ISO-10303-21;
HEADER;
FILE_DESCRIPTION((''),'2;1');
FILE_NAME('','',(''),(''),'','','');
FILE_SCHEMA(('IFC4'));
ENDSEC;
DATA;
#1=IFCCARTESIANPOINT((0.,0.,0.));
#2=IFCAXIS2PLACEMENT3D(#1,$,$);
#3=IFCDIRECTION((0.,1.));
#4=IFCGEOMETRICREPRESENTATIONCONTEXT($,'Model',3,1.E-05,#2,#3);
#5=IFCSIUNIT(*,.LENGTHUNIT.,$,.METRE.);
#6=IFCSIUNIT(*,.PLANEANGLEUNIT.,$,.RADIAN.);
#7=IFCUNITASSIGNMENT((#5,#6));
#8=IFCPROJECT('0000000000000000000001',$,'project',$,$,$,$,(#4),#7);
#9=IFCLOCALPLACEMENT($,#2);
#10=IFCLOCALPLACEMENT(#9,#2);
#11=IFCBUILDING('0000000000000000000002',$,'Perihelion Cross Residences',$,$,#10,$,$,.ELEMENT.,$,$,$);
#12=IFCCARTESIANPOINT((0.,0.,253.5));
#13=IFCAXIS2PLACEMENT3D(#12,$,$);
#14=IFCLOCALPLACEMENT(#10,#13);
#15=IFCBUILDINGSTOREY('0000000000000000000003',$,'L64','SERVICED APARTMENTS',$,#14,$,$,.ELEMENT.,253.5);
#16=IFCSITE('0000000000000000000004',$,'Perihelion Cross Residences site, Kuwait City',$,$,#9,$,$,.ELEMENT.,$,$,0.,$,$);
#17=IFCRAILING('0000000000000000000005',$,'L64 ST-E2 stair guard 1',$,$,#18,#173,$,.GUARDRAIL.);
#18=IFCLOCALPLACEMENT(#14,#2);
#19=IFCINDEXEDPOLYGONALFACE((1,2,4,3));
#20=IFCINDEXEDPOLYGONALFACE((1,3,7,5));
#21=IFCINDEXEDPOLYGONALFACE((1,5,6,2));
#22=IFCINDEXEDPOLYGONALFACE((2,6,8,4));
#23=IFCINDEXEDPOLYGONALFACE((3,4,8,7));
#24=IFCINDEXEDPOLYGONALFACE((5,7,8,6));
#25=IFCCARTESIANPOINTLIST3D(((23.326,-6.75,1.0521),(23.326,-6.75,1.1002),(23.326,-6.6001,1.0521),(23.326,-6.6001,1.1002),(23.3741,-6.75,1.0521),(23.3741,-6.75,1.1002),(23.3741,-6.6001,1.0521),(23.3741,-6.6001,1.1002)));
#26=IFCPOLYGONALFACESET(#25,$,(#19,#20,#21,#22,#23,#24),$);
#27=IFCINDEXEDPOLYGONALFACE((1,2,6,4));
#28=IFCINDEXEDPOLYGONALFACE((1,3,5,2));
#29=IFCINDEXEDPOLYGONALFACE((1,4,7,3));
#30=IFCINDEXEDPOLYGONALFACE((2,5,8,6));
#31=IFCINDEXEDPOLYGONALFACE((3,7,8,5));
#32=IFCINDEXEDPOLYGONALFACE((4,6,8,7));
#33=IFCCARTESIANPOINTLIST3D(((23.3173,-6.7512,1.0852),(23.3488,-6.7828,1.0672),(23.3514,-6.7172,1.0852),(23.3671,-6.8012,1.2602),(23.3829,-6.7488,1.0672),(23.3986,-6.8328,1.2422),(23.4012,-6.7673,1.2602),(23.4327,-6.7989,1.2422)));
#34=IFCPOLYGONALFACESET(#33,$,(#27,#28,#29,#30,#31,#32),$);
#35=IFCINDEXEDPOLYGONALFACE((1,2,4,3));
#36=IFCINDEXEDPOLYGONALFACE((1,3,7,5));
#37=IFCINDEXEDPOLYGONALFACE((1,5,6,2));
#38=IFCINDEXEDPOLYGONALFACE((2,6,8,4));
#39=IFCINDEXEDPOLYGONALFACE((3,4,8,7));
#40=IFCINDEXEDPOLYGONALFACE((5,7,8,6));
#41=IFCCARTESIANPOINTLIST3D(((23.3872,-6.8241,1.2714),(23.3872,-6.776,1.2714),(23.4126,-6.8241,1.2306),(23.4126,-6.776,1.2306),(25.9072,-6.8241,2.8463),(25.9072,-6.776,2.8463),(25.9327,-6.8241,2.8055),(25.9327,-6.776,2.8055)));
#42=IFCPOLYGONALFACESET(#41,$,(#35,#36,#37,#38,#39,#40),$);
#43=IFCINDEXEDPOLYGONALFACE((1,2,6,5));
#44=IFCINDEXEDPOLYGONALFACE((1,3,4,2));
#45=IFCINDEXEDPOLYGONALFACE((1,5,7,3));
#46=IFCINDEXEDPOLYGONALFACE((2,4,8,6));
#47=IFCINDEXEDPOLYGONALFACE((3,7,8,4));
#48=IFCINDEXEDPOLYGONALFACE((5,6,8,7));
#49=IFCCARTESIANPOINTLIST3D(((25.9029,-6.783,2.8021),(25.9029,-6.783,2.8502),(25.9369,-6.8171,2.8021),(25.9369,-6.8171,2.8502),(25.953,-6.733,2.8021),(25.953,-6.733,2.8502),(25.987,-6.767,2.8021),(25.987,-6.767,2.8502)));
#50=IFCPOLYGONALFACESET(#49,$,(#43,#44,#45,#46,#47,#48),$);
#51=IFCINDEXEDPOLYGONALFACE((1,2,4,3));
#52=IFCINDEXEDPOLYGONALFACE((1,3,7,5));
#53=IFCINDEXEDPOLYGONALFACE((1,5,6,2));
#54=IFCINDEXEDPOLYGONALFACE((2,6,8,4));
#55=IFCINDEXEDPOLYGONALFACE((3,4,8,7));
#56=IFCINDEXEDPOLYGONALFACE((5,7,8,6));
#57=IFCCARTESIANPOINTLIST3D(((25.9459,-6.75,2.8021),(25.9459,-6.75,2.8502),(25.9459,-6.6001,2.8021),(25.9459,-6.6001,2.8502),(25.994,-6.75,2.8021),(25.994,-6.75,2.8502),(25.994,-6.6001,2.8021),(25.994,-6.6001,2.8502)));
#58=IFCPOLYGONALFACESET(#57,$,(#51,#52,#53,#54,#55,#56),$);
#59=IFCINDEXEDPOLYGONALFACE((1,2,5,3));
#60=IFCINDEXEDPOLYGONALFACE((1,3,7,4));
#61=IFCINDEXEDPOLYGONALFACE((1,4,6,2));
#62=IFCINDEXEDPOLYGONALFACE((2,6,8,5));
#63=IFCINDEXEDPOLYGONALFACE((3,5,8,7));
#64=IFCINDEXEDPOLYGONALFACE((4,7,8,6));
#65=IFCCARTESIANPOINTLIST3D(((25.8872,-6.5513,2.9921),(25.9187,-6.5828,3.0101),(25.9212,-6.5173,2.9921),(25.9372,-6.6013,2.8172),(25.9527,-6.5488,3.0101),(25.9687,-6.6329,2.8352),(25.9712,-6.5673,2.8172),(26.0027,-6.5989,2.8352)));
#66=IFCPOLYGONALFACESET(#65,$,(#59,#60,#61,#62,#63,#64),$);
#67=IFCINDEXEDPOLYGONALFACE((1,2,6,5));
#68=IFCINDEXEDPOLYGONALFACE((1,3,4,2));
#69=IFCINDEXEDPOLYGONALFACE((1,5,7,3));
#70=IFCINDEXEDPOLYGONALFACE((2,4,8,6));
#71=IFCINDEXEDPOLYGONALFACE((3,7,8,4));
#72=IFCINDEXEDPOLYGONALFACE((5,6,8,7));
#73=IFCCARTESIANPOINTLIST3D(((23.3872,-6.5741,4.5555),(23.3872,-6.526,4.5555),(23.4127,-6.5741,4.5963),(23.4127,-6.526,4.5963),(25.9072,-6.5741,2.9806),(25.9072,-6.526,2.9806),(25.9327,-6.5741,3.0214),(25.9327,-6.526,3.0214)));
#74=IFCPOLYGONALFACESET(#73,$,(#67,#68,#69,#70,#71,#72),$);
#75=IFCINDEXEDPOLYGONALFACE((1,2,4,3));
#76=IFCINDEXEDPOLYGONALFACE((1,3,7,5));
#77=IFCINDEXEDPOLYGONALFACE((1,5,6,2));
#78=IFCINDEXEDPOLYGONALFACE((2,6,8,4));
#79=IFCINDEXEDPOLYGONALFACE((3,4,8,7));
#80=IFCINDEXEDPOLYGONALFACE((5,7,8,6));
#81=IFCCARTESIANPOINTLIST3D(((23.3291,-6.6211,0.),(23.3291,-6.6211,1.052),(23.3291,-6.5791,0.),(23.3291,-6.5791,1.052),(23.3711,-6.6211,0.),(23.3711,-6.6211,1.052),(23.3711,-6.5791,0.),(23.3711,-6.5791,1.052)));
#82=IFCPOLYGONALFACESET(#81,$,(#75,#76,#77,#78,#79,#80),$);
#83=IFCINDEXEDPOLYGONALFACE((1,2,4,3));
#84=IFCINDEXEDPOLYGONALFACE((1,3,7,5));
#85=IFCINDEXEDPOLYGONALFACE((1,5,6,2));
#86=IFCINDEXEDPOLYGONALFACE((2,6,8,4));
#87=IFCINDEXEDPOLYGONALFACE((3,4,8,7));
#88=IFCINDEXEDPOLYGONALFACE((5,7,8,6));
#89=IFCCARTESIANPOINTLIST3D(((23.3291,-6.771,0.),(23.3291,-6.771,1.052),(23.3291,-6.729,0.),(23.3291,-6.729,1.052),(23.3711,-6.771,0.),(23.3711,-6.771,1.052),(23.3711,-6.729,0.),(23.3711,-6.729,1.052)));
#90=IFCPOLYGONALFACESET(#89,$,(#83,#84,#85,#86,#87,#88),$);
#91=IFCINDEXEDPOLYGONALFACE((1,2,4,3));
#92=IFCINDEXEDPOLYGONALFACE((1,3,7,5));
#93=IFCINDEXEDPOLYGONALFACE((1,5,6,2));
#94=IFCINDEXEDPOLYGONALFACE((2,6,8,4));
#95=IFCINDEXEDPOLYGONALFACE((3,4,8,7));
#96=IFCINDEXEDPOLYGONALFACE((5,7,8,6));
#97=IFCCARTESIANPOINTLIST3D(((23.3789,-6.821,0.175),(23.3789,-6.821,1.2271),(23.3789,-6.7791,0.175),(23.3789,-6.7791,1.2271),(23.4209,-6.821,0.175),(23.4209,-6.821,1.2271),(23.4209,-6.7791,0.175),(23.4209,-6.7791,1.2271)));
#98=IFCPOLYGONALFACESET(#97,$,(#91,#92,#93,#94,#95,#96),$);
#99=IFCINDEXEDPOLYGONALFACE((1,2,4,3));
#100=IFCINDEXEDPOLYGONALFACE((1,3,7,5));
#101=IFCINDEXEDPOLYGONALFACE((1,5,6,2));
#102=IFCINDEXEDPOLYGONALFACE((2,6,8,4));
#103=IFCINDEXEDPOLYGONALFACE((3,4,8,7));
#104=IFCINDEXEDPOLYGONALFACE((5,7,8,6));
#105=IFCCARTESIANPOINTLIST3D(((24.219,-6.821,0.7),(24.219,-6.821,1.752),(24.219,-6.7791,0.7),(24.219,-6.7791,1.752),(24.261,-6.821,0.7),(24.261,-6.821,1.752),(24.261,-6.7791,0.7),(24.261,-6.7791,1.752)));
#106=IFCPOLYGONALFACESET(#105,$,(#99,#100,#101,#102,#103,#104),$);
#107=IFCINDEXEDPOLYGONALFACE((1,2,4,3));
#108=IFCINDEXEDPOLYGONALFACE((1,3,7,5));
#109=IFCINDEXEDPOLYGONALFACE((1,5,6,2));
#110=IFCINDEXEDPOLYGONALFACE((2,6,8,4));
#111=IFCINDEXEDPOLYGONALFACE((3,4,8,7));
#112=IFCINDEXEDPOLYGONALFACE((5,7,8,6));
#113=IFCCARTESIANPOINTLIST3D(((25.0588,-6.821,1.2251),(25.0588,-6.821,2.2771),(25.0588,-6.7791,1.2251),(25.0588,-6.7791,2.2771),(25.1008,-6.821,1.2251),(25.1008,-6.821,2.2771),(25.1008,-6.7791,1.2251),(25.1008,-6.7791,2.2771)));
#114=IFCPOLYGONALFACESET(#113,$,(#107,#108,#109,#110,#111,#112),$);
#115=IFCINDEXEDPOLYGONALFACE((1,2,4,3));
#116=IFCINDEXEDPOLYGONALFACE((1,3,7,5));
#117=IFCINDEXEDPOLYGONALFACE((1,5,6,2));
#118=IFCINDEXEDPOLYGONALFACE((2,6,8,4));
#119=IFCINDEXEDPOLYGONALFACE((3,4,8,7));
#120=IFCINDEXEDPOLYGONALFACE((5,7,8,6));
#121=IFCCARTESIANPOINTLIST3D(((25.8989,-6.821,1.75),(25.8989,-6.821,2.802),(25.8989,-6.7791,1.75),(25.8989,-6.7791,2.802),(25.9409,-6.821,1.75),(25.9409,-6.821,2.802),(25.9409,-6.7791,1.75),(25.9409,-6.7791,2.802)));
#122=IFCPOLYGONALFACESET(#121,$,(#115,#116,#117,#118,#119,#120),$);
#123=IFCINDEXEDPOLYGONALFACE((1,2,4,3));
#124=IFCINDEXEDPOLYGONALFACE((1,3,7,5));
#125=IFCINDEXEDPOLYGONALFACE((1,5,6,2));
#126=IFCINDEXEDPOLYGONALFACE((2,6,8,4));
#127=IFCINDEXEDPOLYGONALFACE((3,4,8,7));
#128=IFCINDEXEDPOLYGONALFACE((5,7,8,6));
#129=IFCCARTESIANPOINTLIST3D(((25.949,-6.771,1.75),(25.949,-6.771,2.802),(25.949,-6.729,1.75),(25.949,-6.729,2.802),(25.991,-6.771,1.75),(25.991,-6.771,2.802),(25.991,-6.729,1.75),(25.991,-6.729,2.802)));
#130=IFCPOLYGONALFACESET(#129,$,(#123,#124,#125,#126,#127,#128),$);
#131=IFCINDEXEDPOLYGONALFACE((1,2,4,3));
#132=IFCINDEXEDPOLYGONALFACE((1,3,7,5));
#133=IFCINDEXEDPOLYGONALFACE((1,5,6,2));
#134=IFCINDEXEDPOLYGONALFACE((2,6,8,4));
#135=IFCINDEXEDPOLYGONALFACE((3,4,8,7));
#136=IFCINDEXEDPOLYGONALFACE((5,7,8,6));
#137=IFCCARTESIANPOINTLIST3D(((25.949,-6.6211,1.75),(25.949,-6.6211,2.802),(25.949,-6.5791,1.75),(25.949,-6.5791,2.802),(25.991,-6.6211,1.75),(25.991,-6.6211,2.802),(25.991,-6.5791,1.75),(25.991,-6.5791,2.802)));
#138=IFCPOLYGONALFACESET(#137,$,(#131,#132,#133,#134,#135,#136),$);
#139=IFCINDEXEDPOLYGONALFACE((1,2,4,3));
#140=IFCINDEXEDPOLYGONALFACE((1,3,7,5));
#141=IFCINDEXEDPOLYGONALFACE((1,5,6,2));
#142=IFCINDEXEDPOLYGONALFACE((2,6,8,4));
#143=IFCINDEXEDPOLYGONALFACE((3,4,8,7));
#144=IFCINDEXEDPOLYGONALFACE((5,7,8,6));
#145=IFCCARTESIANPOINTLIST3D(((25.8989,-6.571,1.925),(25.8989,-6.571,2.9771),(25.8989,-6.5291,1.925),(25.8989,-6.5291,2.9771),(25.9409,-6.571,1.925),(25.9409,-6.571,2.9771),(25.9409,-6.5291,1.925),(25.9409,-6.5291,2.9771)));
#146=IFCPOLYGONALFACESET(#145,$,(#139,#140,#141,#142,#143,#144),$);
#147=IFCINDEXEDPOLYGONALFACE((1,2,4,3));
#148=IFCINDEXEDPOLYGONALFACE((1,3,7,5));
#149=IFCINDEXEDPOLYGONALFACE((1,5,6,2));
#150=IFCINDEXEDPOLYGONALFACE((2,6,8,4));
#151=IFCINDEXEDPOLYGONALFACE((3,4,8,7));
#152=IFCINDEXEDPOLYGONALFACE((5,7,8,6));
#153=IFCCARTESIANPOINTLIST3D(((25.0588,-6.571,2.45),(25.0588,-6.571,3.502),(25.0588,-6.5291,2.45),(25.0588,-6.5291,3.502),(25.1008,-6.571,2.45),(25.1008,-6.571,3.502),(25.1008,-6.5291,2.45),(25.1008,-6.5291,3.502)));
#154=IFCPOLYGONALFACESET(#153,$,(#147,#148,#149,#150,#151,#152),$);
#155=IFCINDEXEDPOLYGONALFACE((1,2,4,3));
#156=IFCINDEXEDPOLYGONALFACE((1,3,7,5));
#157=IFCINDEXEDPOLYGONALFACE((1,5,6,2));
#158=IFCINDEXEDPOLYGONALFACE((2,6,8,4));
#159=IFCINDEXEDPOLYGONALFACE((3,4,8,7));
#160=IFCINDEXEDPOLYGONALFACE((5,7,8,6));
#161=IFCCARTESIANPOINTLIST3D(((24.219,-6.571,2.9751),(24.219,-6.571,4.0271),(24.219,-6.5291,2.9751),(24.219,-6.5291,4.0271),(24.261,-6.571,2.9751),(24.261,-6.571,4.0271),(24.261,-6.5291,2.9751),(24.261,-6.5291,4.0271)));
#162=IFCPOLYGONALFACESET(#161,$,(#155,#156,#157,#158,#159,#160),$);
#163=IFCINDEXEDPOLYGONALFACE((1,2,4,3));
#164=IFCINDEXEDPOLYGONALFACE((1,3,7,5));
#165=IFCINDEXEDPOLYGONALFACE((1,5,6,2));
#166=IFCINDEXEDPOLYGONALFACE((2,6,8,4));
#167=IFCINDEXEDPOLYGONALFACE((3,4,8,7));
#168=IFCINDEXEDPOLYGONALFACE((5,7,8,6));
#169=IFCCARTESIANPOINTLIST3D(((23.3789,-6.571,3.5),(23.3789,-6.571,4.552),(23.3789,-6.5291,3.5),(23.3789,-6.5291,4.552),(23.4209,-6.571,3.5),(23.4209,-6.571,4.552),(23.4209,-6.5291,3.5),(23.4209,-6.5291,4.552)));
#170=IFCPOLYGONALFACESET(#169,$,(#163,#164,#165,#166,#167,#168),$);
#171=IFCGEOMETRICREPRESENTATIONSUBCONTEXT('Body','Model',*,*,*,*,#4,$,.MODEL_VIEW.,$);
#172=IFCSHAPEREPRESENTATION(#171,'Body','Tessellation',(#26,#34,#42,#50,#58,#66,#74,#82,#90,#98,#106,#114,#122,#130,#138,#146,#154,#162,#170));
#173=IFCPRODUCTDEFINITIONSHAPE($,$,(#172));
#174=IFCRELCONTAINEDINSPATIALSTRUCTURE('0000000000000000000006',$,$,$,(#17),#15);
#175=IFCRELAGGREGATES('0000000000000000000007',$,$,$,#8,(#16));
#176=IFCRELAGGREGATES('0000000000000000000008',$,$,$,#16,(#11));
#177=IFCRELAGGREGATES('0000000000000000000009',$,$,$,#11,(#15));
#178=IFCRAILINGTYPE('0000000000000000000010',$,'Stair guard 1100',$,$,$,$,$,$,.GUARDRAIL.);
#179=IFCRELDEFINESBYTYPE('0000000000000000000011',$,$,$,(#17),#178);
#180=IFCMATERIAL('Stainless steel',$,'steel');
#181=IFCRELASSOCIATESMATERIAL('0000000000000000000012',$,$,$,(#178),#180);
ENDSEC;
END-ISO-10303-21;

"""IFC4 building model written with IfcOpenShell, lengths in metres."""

from ifc_helpers import new_model, si_unit, direction, frame, origin, origin_2d, place, context, subcontext, project, spatial, rectangle, extrude, material, type_object, element, save


model = new_model("IFC4")

# Units and contexts
model_context = context("Model", 3, precision=1e-05, world=origin(), true_north=direction((0.0, 1.0)))
body_context = subcontext(model_context, "Body", "Model", "MODEL_VIEW")
ifc_project = project(units=[si_unit("LENGTHUNIT", "METRE"), si_unit("PLANEANGLEUNIT", "RADIAN")], contexts=[model_context])

# Site, building, storey
site_placement = place(None, origin())
site = spatial("IfcSite", under=ifc_project, at=site_placement, Name="Perihelion Cross Residences site, Kuwait City", CompositionType="ELEMENT", RefElevation=0.0)
building_placement = place(site_placement, origin())
building = spatial("IfcBuilding", under=site, at=building_placement, Name="Perihelion Cross Residences", CompositionType="ELEMENT")
storey_placement = place(building_placement, frame((0.0, 0.0, 253.5)))
storey = spatial("IfcBuildingStorey", under=building, at=storey_placement, Name="L64", Description="SERVICED APARTMENTS", CompositionType="ELEMENT", Elevation=253.5)

# Railing
ifc_material_1 = material(Name="Stainless steel", Category="steel")
railing_type_1 = type_object("IfcRailingType", Name="Stair guard 1100", PredefinedType="GUARDRAIL", material=ifc_material_1)
railing_1_placement = place(storey_placement, frame((23.3501, -6.6001, 0.0)))
element("IfcRailing", 1, at=railing_1_placement, inside=storey, type_object=railing_type_1, Name="L64 ST-E2 stair guard 1", PredefinedType="GUARDRAIL", context=body_context, shape_type="SweptSolid", body=[
    extrude(rectangle(XDim=0.0481, YDim=0.0481, at=origin_2d()), frame((0.0, 0.0, 1.0762), z_axis=(0.0, -1.0, 0.0), x_axis=(1.0, 0.0, 0.0)), (0.0, 0.0, 1.0), 0.1499),
    extrude(rectangle(XDim=0.0481, YDim=0.0481, at=origin_2d()), frame((0.0, -0.1499, 1.0762), z_axis=(0.263862, -0.265156, 0.927399), x_axis=(0.708834, 0.705376, 0.0)), (0.0, 0.0, 1.0), 0.1887),
    extrude(rectangle(XDim=0.0481, YDim=0.0481, at=origin_2d()), frame((0.0498, -0.2, 1.251), z_axis=(0.848008, 0.0, 0.529984), x_axis=(0.0, 1.0, 0.0)), (0.0, 0.0, 1.0), 2.9717),
    extrude(rectangle(XDim=0.0481, YDim=0.0481, at=origin_2d()), frame((2.5698, -0.2, 2.8262), z_axis=(0.707107, 0.707107, 0.0), x_axis=(-0.707107, 0.707107, 0.0)), (0.0, 0.0, 1.0), 0.0708),
    extrude(rectangle(XDim=0.0481, YDim=0.0481, at=origin_2d()), frame((2.6199, -0.1499, 2.8262), z_axis=(0.0, 1.0, 0.0), x_axis=(-1.0, 0.0, 0.0)), (0.0, 0.0, 1.0), 0.1499),
    extrude(rectangle(XDim=0.0481, YDim=0.0481, at=origin_2d()), frame((2.6199, 0.0, 2.8262), z_axis=(-0.265065, 0.265065, 0.927082), x_axis=(-0.707107, -0.707107, 0.0)), (0.0, 0.0, 1.0), 0.1887),
    extrude(rectangle(XDim=0.0481, YDim=0.0481, at=origin_2d()), frame((2.5698, 0.05, 3.001), z_axis=(-0.848008, 0.0, 0.529984), x_axis=(0.0, -1.0, 0.0)), (0.0, 0.0, 1.0), 2.9717),
    extrude(rectangle(XDim=0.042, YDim=0.042, at=origin_2d()), origin(), (0.0, 0.0, 1.0), 1.052),
    extrude(rectangle(XDim=0.042, YDim=0.042, at=origin_2d()), frame((0.0, -0.1499, 0.0)), (0.0, 0.0, 1.0), 1.052),
    extrude(rectangle(XDim=0.042, YDim=0.042, at=origin_2d()), frame((0.0498, -0.2, 0.175)), (0.0, 0.0, 1.0), 1.052),
    extrude(rectangle(XDim=0.042, YDim=0.042, at=origin_2d()), frame((0.8899, -0.2, 0.7)), (0.0, 0.0, 1.0), 1.052),
    extrude(rectangle(XDim=0.042, YDim=0.042, at=origin_2d()), frame((1.7297, -0.2, 1.2251)), (0.0, 0.0, 1.0), 1.052),
    extrude(rectangle(XDim=0.042, YDim=0.042, at=origin_2d()), frame((2.5698, -0.2, 1.75)), (0.0, 0.0, 1.0), 1.052),
    extrude(rectangle(XDim=0.042, YDim=0.042, at=origin_2d()), frame((2.6199, -0.1499, 1.75)), (0.0, 0.0, 1.0), 1.052),
    extrude(rectangle(XDim=0.042, YDim=0.042, at=origin_2d()), frame((2.6199, 0.0, 1.75)), (0.0, 0.0, 1.0), 1.052),
    extrude(rectangle(XDim=0.042, YDim=0.042, at=origin_2d()), frame((2.5698, 0.05, 1.925)), (0.0, 0.0, 1.0), 1.052),
    extrude(rectangle(XDim=0.042, YDim=0.042, at=origin_2d()), frame((1.7297, 0.05, 2.45)), (0.0, 0.0, 1.0), 1.052),
    extrude(rectangle(XDim=0.042, YDim=0.042, at=origin_2d()), frame((0.8899, 0.05, 2.9751)), (0.0, 0.0, 1.0), 1.052),
    extrude(rectangle(XDim=0.042, YDim=0.042, at=origin_2d()), frame((0.0498, 0.05, 3.5)), (0.0, 0.0, 1.0), 1.052),
])

save(model, "model.ifc")
